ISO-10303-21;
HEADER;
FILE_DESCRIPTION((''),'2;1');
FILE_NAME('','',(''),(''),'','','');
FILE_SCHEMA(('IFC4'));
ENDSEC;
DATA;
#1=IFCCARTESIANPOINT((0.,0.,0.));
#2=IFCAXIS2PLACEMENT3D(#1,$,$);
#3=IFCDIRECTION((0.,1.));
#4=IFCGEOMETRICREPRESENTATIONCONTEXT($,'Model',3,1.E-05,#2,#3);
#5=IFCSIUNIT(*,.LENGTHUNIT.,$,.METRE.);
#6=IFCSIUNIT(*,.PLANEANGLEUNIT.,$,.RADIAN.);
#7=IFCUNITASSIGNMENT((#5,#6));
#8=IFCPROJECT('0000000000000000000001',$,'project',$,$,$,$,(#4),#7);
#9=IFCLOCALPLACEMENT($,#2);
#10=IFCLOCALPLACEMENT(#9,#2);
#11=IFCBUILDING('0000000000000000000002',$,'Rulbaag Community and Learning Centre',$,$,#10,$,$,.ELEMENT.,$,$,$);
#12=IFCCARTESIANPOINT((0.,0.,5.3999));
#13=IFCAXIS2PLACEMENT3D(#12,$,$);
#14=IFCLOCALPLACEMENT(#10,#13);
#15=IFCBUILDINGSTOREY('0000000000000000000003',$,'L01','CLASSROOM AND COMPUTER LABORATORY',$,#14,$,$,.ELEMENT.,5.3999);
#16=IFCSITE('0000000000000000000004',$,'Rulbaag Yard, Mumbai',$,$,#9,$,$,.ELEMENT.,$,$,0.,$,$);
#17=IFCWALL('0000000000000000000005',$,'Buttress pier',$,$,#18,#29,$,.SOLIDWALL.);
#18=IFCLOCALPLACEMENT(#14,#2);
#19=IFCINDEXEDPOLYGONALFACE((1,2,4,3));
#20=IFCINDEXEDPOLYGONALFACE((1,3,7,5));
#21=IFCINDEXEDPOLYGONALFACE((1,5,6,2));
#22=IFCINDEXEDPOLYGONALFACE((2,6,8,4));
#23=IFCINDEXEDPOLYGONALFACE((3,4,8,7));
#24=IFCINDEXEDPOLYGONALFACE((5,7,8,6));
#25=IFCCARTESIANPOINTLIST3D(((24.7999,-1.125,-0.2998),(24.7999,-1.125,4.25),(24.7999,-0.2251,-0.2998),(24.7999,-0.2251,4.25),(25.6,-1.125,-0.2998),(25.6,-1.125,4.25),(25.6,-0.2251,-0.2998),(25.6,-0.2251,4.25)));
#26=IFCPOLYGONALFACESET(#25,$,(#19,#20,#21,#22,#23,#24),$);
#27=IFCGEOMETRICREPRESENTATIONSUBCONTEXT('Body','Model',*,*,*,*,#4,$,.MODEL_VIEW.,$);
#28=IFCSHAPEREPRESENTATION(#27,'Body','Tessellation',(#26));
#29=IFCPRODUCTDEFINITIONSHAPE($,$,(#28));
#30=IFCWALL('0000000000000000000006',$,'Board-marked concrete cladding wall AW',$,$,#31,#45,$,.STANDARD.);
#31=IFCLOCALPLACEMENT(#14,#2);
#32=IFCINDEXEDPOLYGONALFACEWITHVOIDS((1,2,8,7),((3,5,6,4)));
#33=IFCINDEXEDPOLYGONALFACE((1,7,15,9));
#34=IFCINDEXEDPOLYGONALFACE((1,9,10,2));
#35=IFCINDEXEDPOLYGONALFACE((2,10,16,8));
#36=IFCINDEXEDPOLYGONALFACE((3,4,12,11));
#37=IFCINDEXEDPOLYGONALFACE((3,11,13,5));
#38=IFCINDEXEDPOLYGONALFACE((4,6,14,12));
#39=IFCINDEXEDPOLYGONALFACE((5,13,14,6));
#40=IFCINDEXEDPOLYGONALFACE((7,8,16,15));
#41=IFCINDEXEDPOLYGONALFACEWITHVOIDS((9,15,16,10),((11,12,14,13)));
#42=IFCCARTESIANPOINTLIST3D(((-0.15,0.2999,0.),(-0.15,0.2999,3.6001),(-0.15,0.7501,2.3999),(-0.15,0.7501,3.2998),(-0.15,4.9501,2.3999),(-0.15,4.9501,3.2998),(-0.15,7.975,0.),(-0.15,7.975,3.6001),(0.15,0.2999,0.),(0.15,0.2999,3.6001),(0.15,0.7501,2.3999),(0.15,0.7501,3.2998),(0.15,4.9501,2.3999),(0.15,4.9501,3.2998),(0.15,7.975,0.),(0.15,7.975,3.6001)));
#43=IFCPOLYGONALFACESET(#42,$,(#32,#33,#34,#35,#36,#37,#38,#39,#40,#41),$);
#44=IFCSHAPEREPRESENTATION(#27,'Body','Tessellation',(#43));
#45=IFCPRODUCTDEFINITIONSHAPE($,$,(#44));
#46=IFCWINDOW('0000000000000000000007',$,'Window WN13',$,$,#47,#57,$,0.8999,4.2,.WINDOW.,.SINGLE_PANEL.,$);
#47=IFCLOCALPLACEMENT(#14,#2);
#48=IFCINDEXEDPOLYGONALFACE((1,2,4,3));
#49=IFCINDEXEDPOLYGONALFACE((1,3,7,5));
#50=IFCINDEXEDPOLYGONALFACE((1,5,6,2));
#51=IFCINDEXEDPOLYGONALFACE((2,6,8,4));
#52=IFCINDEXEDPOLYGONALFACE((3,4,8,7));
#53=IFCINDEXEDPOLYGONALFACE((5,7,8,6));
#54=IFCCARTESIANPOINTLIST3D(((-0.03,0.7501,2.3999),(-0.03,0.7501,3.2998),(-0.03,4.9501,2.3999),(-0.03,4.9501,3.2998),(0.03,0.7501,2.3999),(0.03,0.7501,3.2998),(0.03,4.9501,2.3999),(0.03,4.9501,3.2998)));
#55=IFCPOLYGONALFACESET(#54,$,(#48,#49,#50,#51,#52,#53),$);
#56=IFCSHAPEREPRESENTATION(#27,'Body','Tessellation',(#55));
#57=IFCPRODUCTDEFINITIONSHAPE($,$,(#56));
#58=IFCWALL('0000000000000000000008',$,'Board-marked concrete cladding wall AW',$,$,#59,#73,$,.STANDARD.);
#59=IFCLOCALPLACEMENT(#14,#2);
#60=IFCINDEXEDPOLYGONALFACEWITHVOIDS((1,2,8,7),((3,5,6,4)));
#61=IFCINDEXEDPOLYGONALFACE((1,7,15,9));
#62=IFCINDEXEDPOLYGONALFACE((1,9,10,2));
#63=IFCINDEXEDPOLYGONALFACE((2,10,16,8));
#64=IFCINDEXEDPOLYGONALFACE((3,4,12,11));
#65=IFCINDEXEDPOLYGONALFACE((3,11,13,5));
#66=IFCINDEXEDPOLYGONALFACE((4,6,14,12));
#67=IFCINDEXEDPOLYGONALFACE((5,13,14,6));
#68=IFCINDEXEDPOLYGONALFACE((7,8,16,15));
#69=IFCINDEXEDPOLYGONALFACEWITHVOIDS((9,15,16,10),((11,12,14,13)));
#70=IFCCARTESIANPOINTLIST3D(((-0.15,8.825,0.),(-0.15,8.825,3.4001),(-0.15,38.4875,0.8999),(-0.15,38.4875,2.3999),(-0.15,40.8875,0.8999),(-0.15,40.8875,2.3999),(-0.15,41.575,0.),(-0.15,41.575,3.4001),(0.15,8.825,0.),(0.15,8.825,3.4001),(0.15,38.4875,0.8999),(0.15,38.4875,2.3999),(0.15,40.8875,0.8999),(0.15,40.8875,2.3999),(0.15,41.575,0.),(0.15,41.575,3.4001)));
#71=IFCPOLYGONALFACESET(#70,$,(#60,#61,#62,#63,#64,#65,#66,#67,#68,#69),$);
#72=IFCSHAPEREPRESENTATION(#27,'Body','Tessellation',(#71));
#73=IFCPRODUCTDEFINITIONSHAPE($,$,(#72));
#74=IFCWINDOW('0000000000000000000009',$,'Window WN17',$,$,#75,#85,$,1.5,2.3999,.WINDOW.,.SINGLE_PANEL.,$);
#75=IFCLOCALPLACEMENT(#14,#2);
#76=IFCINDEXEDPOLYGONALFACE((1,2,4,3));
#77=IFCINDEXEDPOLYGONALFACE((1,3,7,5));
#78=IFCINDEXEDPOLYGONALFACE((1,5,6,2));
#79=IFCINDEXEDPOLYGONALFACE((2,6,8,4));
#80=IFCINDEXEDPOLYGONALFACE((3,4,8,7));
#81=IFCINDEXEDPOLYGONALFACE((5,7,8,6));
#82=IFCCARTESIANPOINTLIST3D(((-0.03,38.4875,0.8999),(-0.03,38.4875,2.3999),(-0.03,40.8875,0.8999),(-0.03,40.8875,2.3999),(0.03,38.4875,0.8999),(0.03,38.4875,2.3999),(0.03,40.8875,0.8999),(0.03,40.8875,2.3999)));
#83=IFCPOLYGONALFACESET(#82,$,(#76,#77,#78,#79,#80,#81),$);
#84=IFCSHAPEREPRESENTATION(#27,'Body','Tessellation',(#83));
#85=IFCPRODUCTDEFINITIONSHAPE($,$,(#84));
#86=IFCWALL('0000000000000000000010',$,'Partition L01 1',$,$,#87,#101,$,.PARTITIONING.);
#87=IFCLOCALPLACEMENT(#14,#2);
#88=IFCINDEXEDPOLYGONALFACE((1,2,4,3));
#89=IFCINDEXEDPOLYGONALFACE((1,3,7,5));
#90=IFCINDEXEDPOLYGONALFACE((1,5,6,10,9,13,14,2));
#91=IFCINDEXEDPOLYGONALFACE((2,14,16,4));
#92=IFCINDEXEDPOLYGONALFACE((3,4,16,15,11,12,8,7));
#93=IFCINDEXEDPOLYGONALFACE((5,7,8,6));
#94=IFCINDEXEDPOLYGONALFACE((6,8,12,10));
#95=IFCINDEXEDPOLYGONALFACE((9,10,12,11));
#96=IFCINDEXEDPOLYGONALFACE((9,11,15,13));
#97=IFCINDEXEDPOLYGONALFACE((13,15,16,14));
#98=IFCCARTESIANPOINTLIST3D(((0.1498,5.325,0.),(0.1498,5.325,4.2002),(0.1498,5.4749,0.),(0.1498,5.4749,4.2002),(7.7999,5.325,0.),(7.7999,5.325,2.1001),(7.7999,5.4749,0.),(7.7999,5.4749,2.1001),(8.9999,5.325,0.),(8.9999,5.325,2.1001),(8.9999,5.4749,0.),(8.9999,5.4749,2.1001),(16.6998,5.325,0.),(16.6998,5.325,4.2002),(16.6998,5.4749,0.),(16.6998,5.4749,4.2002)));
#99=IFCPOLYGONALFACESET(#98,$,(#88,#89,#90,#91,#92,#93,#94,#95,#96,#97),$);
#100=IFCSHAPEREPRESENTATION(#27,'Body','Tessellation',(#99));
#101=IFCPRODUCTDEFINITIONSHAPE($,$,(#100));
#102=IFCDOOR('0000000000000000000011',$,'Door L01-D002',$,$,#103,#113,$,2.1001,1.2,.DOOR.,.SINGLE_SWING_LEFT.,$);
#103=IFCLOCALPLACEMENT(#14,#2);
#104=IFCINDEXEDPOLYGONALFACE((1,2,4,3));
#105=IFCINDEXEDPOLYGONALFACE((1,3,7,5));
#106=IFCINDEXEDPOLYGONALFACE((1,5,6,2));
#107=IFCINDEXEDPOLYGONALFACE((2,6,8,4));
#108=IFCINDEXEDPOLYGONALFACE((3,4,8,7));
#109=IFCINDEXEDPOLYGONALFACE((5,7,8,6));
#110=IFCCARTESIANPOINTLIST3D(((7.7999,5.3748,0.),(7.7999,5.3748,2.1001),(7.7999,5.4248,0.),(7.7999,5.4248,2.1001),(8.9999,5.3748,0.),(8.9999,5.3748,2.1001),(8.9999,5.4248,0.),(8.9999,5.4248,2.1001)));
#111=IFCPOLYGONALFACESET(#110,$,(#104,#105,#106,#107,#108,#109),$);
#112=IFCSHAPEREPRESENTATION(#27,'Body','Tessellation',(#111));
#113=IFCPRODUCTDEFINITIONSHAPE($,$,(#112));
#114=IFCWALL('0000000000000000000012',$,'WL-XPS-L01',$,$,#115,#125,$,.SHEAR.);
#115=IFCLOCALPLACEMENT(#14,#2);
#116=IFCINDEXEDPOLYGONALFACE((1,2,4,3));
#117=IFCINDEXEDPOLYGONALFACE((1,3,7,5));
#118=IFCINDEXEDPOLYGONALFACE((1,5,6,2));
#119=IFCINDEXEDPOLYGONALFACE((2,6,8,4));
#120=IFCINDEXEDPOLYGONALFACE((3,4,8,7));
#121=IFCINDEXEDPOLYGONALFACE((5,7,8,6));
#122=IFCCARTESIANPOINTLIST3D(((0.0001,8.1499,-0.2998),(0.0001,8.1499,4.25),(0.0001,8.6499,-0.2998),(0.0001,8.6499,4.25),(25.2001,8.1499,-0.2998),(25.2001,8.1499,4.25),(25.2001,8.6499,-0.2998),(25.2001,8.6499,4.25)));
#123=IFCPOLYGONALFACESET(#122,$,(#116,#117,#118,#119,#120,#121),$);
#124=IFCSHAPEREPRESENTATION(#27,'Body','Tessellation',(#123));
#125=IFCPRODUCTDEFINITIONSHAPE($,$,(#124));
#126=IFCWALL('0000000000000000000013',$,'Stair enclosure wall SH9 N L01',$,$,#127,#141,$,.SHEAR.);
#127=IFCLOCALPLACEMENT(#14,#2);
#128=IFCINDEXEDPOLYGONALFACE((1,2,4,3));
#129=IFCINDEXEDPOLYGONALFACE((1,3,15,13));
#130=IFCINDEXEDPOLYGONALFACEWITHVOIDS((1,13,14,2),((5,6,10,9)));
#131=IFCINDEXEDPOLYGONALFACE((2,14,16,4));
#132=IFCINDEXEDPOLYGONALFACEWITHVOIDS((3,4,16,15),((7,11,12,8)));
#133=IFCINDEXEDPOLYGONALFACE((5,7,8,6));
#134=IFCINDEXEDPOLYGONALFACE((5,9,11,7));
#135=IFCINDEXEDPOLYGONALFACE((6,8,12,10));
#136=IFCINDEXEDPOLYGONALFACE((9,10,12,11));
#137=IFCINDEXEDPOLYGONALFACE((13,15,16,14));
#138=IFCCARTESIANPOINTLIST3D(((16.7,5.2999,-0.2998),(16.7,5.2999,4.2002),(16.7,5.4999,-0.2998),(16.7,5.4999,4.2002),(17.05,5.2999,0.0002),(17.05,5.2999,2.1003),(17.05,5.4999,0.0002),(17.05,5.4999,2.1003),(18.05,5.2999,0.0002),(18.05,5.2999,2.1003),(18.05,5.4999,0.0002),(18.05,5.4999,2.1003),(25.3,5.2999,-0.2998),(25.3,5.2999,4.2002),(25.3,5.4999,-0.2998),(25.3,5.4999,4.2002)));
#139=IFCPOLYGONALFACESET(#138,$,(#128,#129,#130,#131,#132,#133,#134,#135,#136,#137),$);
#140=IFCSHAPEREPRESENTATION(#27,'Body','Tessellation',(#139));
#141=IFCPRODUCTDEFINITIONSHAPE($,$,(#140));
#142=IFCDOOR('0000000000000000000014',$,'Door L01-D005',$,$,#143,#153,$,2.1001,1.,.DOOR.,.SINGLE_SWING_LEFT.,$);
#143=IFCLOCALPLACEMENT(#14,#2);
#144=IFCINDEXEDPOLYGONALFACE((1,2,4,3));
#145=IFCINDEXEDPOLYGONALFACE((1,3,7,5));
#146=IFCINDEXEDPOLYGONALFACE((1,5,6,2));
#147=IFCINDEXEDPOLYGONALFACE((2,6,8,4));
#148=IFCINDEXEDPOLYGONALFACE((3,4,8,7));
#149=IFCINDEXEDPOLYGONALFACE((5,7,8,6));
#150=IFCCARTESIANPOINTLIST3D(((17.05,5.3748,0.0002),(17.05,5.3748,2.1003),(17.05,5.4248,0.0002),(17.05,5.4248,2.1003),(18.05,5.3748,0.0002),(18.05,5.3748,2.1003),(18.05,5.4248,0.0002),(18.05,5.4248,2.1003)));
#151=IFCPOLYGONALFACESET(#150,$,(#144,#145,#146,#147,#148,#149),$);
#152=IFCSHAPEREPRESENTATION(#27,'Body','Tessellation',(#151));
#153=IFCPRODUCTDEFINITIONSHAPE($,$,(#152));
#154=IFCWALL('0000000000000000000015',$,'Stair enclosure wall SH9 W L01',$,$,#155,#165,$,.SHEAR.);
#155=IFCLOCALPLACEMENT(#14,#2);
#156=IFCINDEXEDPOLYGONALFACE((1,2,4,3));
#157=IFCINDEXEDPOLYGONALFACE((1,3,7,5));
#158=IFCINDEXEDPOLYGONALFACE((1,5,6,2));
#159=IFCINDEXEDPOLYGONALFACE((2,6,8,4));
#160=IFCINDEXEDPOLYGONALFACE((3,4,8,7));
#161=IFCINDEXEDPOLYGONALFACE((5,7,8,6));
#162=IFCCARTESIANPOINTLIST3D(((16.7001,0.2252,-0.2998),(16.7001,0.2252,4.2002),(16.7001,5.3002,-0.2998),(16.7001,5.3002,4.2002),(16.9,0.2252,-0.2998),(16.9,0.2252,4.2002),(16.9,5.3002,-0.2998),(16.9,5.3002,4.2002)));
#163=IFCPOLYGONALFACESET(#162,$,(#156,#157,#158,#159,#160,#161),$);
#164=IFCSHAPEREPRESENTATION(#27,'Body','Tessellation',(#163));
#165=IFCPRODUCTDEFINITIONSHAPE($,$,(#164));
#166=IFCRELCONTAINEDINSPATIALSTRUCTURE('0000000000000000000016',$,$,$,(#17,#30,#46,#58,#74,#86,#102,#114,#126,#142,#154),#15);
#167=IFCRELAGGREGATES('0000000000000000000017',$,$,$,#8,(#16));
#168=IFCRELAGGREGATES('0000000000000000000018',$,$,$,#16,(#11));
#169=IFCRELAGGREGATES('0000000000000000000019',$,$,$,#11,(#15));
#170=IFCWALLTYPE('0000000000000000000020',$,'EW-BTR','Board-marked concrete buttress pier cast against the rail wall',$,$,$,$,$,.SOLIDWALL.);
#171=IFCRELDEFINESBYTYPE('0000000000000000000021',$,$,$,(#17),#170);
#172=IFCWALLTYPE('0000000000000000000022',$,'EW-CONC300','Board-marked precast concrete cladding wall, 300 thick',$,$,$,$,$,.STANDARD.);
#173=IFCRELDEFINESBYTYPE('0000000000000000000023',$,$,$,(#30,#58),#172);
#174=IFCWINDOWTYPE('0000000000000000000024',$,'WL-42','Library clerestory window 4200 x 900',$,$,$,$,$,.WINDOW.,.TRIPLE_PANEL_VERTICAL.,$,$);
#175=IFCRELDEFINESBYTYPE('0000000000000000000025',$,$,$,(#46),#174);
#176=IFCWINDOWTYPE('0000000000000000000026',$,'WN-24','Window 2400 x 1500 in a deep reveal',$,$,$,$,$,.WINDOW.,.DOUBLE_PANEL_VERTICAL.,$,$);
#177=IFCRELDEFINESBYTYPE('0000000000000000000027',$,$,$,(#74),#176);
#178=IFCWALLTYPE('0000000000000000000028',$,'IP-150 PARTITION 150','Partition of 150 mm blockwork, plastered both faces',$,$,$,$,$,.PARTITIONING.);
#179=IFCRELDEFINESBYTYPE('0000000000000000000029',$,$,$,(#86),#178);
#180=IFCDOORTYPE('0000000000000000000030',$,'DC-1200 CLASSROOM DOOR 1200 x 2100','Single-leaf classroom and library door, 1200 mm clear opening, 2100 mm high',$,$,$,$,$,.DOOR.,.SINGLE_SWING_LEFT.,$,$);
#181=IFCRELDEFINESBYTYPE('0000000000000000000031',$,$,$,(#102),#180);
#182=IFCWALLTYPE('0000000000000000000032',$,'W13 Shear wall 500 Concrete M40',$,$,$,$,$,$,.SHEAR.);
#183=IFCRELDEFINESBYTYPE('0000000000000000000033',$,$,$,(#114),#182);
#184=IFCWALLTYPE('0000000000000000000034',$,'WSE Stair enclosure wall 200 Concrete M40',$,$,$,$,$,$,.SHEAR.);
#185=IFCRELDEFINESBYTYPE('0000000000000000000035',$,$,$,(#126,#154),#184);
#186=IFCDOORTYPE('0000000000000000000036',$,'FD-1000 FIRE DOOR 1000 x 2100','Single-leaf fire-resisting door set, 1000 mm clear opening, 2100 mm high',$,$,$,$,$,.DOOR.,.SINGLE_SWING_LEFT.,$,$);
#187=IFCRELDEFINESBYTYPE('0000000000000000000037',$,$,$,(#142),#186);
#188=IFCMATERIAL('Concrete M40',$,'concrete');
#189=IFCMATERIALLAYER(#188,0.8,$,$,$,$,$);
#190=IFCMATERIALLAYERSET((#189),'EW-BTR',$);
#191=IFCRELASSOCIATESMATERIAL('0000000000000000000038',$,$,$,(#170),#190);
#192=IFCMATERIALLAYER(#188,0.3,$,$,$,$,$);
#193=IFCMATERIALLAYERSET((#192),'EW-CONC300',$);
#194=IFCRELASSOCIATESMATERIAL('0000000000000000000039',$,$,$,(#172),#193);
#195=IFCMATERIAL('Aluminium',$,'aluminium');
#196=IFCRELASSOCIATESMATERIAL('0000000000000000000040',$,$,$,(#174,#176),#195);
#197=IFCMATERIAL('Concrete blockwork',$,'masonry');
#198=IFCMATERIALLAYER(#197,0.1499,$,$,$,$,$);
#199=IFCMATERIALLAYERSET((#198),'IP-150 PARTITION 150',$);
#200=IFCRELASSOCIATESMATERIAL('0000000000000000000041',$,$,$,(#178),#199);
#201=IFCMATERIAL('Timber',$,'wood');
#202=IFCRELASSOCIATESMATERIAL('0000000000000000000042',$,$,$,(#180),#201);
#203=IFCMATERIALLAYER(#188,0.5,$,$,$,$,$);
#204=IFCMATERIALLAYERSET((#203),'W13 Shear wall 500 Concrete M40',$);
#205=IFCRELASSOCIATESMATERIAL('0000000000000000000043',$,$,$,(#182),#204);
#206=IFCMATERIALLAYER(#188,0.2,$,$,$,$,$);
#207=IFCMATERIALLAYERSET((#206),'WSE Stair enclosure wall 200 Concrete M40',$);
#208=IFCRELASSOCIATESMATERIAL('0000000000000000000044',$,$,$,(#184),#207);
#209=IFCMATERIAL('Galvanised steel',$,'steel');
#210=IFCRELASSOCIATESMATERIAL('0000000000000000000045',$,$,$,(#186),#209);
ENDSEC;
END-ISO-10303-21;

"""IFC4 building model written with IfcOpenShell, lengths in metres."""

from ifc_helpers import new_model, si_unit, direction, frame, frame_2d, origin, place, context, subcontext, project, spatial, rectangle, extrude, material, layer, layer_set, type_object, element, fill, save


model = new_model("IFC4")

# Units and contexts
model_context = context("Model", 3, precision=1e-05, world=origin(), true_north=direction((0.0, 1.0)))
body_context = subcontext(model_context, "Body", "Model", "MODEL_VIEW")
ifc_project = project(units=[si_unit("LENGTHUNIT", "METRE"), si_unit("PLANEANGLEUNIT", "RADIAN")], contexts=[model_context])

# Site, building, storey
site_placement = place(None, origin())
site = spatial("IfcSite", under=ifc_project, at=site_placement, Name="Rulbaag Yard, Mumbai", CompositionType="ELEMENT", RefElevation=0.0)
building_placement = place(site_placement, origin())
building = spatial("IfcBuilding", under=site, at=building_placement, Name="Rulbaag Community and Learning Centre", CompositionType="ELEMENT")
storey_placement = place(building_placement, frame((0.0, 0.0, 5.3999)))
storey = spatial("IfcBuildingStorey", under=building, at=storey_placement, Name="L01", Description="CLASSROOM AND COMPUTER LABORATORY", CompositionType="ELEMENT", Elevation=5.3999)

# Shared definitions
ifc_material_1 = material(Name="Concrete M40", Category="concrete")

# Wall
ifc_layer_1 = layer(ifc_material_1, 0.8)
ifc_layer_set_1 = layer_set([ifc_layer_1], Name="EW-BTR")
wall_type_1 = type_object("IfcWallType", Name="EW-BTR", Description="Board-marked concrete buttress pier cast against the rail wall", PredefinedType="SOLIDWALL", material=ifc_layer_set_1)
for number, where, z_axis, x_axis, name in (
    (1, (25.2, -0.2251, -0.2998), (0.0, 0.0, 1.0), (0.0, -1.0, 0.0), "Buttress pier"),
):
    element("IfcWall", number, at=place(storey_placement, frame(where, z_axis=z_axis, x_axis=x_axis)), inside=storey, type_object=wall_type_1, Name=name, PredefinedType="SOLIDWALL", context=body_context, shape_type="SweptSolid", body=[
        extrude(rectangle(XDim=0.8999, YDim=0.8, at=frame_2d((0.45, 0.0))), origin(), (0.0, 0.0, 1.0), 4.5498),
    ])

# Walls, openings, windows
ifc_layer_2 = layer(ifc_material_1, 0.3)
ifc_layer_set_2 = layer_set([ifc_layer_2], Name="EW-CONC300")
wall_type_2 = type_object("IfcWallType", Name="EW-CONC300", Description="Board-marked precast concrete cladding wall, 300 thick", PredefinedType="STANDARD", material=ifc_layer_set_2)
wall_1_placement = place(storey_placement, frame((0.0, 0.3, 0.0), z_axis=(0.0, 0.0, 1.0), x_axis=(0.0, 1.0, 0.0)))
wall_1 = element("IfcWall", 2, at=wall_1_placement, inside=storey, type_object=wall_type_2, Name="Board-marked concrete cladding wall AW", PredefinedType="STANDARD", context=body_context, shape_type="SweptSolid", body=[
    extrude(rectangle(XDim=7.675, YDim=0.3, at=frame_2d((3.8374, 0.0))), origin(), (0.0, 0.0, 1.0), 3.6001),
])
opening_1_placement = place(wall_1_placement, frame((0.45, 0.0, 2.3999)))
opening_1 = element("IfcOpeningElement", 3, at=opening_1_placement, cuts=wall_1, PredefinedType="OPENING", context=body_context, shape_type="SweptSolid", body=[
    extrude(rectangle(XDim=4.2, YDim=0.8999, at=frame_2d((2.1001, 0.45))), frame((0.0, 0.1599, 0.0), z_axis=(0.0, -1.0, 0.0), x_axis=(1.0, 0.0, 0.0)), (0.0, 0.0, 1.0), 0.3201),
])
ifc_material_2 = material(Name="Aluminium", Category="aluminium")
window_type_1 = type_object("IfcWindowType", Name="WL-42", Description="Library clerestory window 4200 x 900", PartitioningType="TRIPLE_PANEL_VERTICAL", PredefinedType="WINDOW", material=ifc_material_2)
window_1_placement = place(opening_1_placement, origin())
window_1 = element("IfcWindow", 4, at=window_1_placement, inside=storey, type_object=window_type_1, Name="Window WN13", OverallHeight=0.8999, OverallWidth=4.2, PartitioningType="SINGLE_PANEL", PredefinedType="WINDOW", context=body_context, shape_type="SweptSolid", body=[
    extrude(rectangle(XDim=4.2, YDim=0.8999, at=frame_2d((2.1001, 0.45))), frame((0.0, 0.03, 0.0), z_axis=(0.0, -1.0, 0.0), x_axis=(1.0, 0.0, 0.0)), (0.0, 0.0, 1.0), 0.0601),
])
fill(opening_1, window_1)
wall_2_placement = place(storey_placement, frame((0.0, 8.825, 0.0), z_axis=(0.0, 0.0, 1.0), x_axis=(0.0, 1.0, 0.0)))
wall_2 = element("IfcWall", 5, at=wall_2_placement, inside=storey, type_object=wall_type_2, Name="Board-marked concrete cladding wall AW", PredefinedType="STANDARD", context=body_context, shape_type="SweptSolid", body=[
    extrude(rectangle(XDim=32.75, YDim=0.3, at=frame_2d((16.375, 0.0))), origin(), (0.0, 0.0, 1.0), 3.4001),
])
opening_2_placement = place(wall_2_placement, frame((29.6626, 0.0, 0.8999)))
opening_2 = element("IfcOpeningElement", 6, at=opening_2_placement, cuts=wall_2, PredefinedType="OPENING", context=body_context, shape_type="SweptSolid", body=[
    extrude(rectangle(XDim=2.3999, YDim=1.5, at=frame_2d((1.2, 0.75))), frame((0.0, 0.1599, 0.0), z_axis=(0.0, -1.0, 0.0), x_axis=(1.0, 0.0, 0.0)), (0.0, 0.0, 1.0), 0.3201),
])
window_type_2 = type_object("IfcWindowType", Name="WN-24", Description="Window 2400 x 1500 in a deep reveal", PartitioningType="DOUBLE_PANEL_VERTICAL", PredefinedType="WINDOW", material=ifc_material_2)
window_2_placement = place(opening_2_placement, origin())
window_2 = element("IfcWindow", 7, at=window_2_placement, inside=storey, type_object=window_type_2, Name="Window WN17", OverallHeight=1.5, OverallWidth=2.3999, PartitioningType="SINGLE_PANEL", PredefinedType="WINDOW", context=body_context, shape_type="SweptSolid", body=[
    extrude(rectangle(XDim=2.3999, YDim=1.5, at=frame_2d((1.2, 0.75))), frame((0.0, 0.03, 0.0), z_axis=(0.0, -1.0, 0.0), x_axis=(1.0, 0.0, 0.0)), (0.0, 0.0, 1.0), 0.0601),
])
fill(opening_2, window_2)

# Wall, opening, door
ifc_material_3 = material(Name="Concrete blockwork", Category="masonry")
ifc_layer_3 = layer(ifc_material_3, 0.1499)
ifc_layer_set_3 = layer_set([ifc_layer_3], Name="IP-150 PARTITION 150")
wall_type_3 = type_object("IfcWallType", Name="IP-150 PARTITION 150", Description="Partition of 150 mm blockwork, plastered both faces", PredefinedType="PARTITIONING", material=ifc_layer_set_3)
wall_3_placement = place(storey_placement, frame((0.1499, 5.3999, 0.0), z_axis=(0.0, 0.0, 1.0), x_axis=(1.0, 0.0, 0.0)))
wall_3 = element("IfcWall", 8, at=wall_3_placement, inside=storey, type_object=wall_type_3, Name="Partition L01 1", PredefinedType="PARTITIONING", context=body_context, shape_type="SweptSolid", body=[
    extrude(rectangle(XDim=16.55, YDim=0.1499, at=frame_2d((8.2749, 0.0))), origin(), (0.0, 0.0, 1.0), 4.2002),
])
opening_3_placement = place(wall_3_placement, frame((7.6499, 0.0, 0.0)))
opening_3 = element("IfcOpeningElement", 9, at=opening_3_placement, cuts=wall_3, PredefinedType="OPENING", context=body_context, shape_type="SweptSolid", body=[
    extrude(rectangle(XDim=1.2, YDim=2.1001, at=frame_2d((0.6001, 1.05))), frame((0.0, 0.085, 0.0), z_axis=(0.0, -1.0, 0.0), x_axis=(1.0, 0.0, 0.0)), (0.0, 0.0, 1.0), 0.1699),
])
ifc_material_4 = material(Name="Timber", Category="wood")
door_type_1 = type_object("IfcDoorType", Name="DC-1200 CLASSROOM DOOR 1200 x 2100", Description="Single-leaf classroom and library door, 1200 mm clear opening, 2100 mm high", OperationType="SINGLE_SWING_LEFT", PredefinedType="DOOR", material=ifc_material_4)
door_1_placement = place(opening_3_placement, origin())
door_1 = element("IfcDoor", 10, at=door_1_placement, inside=storey, type_object=door_type_1, Name="Door L01-D002", OperationType="SINGLE_SWING_LEFT", OverallHeight=2.1001, OverallWidth=1.2, PredefinedType="DOOR", context=body_context, shape_type="SweptSolid", body=[
    extrude(rectangle(XDim=1.2, YDim=2.1001, at=frame_2d((0.6001, 1.05))), frame((0.0, 0.0249, 0.0), z_axis=(0.0, -1.0, 0.0), x_axis=(1.0, 0.0, 0.0)), (0.0, 0.0, 1.0), 0.05),
])
fill(opening_3, door_1)

# Wall
ifc_layer_4 = layer(ifc_material_1, 0.5)
ifc_layer_set_4 = layer_set([ifc_layer_4], Name="W13 Shear wall 500 Concrete M40")
wall_type_4 = type_object("IfcWallType", Name="W13 Shear wall 500 Concrete M40", PredefinedType="SHEAR", material=ifc_layer_set_4)
wall_4_placement = place(storey_placement, frame((0.0, 8.3999, -0.2998), z_axis=(0.0, 0.0, 1.0), x_axis=(1.0, 0.0, 0.0)))
element("IfcWall", 11, at=wall_4_placement, inside=storey, type_object=wall_type_4, Name="WL-XPS-L01", PredefinedType="SHEAR", context=body_context, shape_type="SweptSolid", body=[
    extrude(rectangle(XDim=25.2, YDim=0.5, at=frame_2d((12.6001, 0.0))), origin(), (0.0, 0.0, 1.0), 4.5498),
])

# Wall, opening, door
ifc_layer_5 = layer(ifc_material_1, 0.2)
ifc_layer_set_5 = layer_set([ifc_layer_5], Name="WSE Stair enclosure wall 200 Concrete M40")
wall_type_5 = type_object("IfcWallType", Name="WSE Stair enclosure wall 200 Concrete M40", PredefinedType="SHEAR", material=ifc_layer_set_5)
wall_5_placement = place(storey_placement, frame((16.7, 5.3999, -0.2998), z_axis=(0.0, 0.0, 1.0), x_axis=(1.0, 0.0, 0.0)))
wall_5 = element("IfcWall", 12, at=wall_5_placement, inside=storey, type_object=wall_type_5, Name="Stair enclosure wall SH9 N L01", PredefinedType="SHEAR", context=body_context, shape_type="SweptSolid", body=[
    extrude(rectangle(XDim=8.6001, YDim=0.2, at=frame_2d((4.3, 0.0))), origin(), (0.0, 0.0, 1.0), 4.5),
])
opening_4_placement = place(wall_5_placement, frame((0.3501, 0.0, 0.3)))
opening_4 = element("IfcOpeningElement", 13, at=opening_4_placement, cuts=wall_5, PredefinedType="OPENING", context=body_context, shape_type="SweptSolid", body=[
    extrude(rectangle(XDim=1.0, YDim=2.1001, at=frame_2d((0.5, 1.05))), frame((0.0, 0.1099, 0.0), z_axis=(0.0, -1.0, 0.0), x_axis=(1.0, 0.0, 0.0)), (0.0, 0.0, 1.0), 0.22),
])
ifc_material_5 = material(Name="Galvanised steel", Category="steel")
door_type_2 = type_object("IfcDoorType", Name="FD-1000 FIRE DOOR 1000 x 2100", Description="Single-leaf fire-resisting door set, 1000 mm clear opening, 2100 mm high", OperationType="SINGLE_SWING_LEFT", PredefinedType="DOOR", material=ifc_material_5)
door_2_placement = place(opening_4_placement, origin())
door_2 = element("IfcDoor", 14, at=door_2_placement, inside=storey, type_object=door_type_2, Name="Door L01-D005", OperationType="SINGLE_SWING_LEFT", OverallHeight=2.1001, OverallWidth=1.0, PredefinedType="DOOR", context=body_context, shape_type="SweptSolid", body=[
    extrude(rectangle(XDim=1.0, YDim=2.1001, at=frame_2d((0.5, 1.05))), frame((0.0, 0.0249, 0.0), z_axis=(0.0, -1.0, 0.0), x_axis=(1.0, 0.0, 0.0)), (0.0, 0.0, 1.0), 0.05),
])
fill(opening_4, door_2)

# Wall
wall_6_placement = place(storey_placement, frame((16.8, 0.2251, -0.2998), z_axis=(0.0, 0.0, 1.0), x_axis=(0.0, 1.0, 0.0)))
element("IfcWall", 15, at=wall_6_placement, inside=storey, type_object=wall_type_5, Name="Stair enclosure wall SH9 W L01", PredefinedType="SHEAR", context=body_context, shape_type="SweptSolid", body=[
    extrude(rectangle(XDim=5.075, YDim=0.2, at=frame_2d((2.5376, 0.0))), origin(), (0.0, 0.0, 1.0), 4.5),
])

save(model, "model.ifc")
